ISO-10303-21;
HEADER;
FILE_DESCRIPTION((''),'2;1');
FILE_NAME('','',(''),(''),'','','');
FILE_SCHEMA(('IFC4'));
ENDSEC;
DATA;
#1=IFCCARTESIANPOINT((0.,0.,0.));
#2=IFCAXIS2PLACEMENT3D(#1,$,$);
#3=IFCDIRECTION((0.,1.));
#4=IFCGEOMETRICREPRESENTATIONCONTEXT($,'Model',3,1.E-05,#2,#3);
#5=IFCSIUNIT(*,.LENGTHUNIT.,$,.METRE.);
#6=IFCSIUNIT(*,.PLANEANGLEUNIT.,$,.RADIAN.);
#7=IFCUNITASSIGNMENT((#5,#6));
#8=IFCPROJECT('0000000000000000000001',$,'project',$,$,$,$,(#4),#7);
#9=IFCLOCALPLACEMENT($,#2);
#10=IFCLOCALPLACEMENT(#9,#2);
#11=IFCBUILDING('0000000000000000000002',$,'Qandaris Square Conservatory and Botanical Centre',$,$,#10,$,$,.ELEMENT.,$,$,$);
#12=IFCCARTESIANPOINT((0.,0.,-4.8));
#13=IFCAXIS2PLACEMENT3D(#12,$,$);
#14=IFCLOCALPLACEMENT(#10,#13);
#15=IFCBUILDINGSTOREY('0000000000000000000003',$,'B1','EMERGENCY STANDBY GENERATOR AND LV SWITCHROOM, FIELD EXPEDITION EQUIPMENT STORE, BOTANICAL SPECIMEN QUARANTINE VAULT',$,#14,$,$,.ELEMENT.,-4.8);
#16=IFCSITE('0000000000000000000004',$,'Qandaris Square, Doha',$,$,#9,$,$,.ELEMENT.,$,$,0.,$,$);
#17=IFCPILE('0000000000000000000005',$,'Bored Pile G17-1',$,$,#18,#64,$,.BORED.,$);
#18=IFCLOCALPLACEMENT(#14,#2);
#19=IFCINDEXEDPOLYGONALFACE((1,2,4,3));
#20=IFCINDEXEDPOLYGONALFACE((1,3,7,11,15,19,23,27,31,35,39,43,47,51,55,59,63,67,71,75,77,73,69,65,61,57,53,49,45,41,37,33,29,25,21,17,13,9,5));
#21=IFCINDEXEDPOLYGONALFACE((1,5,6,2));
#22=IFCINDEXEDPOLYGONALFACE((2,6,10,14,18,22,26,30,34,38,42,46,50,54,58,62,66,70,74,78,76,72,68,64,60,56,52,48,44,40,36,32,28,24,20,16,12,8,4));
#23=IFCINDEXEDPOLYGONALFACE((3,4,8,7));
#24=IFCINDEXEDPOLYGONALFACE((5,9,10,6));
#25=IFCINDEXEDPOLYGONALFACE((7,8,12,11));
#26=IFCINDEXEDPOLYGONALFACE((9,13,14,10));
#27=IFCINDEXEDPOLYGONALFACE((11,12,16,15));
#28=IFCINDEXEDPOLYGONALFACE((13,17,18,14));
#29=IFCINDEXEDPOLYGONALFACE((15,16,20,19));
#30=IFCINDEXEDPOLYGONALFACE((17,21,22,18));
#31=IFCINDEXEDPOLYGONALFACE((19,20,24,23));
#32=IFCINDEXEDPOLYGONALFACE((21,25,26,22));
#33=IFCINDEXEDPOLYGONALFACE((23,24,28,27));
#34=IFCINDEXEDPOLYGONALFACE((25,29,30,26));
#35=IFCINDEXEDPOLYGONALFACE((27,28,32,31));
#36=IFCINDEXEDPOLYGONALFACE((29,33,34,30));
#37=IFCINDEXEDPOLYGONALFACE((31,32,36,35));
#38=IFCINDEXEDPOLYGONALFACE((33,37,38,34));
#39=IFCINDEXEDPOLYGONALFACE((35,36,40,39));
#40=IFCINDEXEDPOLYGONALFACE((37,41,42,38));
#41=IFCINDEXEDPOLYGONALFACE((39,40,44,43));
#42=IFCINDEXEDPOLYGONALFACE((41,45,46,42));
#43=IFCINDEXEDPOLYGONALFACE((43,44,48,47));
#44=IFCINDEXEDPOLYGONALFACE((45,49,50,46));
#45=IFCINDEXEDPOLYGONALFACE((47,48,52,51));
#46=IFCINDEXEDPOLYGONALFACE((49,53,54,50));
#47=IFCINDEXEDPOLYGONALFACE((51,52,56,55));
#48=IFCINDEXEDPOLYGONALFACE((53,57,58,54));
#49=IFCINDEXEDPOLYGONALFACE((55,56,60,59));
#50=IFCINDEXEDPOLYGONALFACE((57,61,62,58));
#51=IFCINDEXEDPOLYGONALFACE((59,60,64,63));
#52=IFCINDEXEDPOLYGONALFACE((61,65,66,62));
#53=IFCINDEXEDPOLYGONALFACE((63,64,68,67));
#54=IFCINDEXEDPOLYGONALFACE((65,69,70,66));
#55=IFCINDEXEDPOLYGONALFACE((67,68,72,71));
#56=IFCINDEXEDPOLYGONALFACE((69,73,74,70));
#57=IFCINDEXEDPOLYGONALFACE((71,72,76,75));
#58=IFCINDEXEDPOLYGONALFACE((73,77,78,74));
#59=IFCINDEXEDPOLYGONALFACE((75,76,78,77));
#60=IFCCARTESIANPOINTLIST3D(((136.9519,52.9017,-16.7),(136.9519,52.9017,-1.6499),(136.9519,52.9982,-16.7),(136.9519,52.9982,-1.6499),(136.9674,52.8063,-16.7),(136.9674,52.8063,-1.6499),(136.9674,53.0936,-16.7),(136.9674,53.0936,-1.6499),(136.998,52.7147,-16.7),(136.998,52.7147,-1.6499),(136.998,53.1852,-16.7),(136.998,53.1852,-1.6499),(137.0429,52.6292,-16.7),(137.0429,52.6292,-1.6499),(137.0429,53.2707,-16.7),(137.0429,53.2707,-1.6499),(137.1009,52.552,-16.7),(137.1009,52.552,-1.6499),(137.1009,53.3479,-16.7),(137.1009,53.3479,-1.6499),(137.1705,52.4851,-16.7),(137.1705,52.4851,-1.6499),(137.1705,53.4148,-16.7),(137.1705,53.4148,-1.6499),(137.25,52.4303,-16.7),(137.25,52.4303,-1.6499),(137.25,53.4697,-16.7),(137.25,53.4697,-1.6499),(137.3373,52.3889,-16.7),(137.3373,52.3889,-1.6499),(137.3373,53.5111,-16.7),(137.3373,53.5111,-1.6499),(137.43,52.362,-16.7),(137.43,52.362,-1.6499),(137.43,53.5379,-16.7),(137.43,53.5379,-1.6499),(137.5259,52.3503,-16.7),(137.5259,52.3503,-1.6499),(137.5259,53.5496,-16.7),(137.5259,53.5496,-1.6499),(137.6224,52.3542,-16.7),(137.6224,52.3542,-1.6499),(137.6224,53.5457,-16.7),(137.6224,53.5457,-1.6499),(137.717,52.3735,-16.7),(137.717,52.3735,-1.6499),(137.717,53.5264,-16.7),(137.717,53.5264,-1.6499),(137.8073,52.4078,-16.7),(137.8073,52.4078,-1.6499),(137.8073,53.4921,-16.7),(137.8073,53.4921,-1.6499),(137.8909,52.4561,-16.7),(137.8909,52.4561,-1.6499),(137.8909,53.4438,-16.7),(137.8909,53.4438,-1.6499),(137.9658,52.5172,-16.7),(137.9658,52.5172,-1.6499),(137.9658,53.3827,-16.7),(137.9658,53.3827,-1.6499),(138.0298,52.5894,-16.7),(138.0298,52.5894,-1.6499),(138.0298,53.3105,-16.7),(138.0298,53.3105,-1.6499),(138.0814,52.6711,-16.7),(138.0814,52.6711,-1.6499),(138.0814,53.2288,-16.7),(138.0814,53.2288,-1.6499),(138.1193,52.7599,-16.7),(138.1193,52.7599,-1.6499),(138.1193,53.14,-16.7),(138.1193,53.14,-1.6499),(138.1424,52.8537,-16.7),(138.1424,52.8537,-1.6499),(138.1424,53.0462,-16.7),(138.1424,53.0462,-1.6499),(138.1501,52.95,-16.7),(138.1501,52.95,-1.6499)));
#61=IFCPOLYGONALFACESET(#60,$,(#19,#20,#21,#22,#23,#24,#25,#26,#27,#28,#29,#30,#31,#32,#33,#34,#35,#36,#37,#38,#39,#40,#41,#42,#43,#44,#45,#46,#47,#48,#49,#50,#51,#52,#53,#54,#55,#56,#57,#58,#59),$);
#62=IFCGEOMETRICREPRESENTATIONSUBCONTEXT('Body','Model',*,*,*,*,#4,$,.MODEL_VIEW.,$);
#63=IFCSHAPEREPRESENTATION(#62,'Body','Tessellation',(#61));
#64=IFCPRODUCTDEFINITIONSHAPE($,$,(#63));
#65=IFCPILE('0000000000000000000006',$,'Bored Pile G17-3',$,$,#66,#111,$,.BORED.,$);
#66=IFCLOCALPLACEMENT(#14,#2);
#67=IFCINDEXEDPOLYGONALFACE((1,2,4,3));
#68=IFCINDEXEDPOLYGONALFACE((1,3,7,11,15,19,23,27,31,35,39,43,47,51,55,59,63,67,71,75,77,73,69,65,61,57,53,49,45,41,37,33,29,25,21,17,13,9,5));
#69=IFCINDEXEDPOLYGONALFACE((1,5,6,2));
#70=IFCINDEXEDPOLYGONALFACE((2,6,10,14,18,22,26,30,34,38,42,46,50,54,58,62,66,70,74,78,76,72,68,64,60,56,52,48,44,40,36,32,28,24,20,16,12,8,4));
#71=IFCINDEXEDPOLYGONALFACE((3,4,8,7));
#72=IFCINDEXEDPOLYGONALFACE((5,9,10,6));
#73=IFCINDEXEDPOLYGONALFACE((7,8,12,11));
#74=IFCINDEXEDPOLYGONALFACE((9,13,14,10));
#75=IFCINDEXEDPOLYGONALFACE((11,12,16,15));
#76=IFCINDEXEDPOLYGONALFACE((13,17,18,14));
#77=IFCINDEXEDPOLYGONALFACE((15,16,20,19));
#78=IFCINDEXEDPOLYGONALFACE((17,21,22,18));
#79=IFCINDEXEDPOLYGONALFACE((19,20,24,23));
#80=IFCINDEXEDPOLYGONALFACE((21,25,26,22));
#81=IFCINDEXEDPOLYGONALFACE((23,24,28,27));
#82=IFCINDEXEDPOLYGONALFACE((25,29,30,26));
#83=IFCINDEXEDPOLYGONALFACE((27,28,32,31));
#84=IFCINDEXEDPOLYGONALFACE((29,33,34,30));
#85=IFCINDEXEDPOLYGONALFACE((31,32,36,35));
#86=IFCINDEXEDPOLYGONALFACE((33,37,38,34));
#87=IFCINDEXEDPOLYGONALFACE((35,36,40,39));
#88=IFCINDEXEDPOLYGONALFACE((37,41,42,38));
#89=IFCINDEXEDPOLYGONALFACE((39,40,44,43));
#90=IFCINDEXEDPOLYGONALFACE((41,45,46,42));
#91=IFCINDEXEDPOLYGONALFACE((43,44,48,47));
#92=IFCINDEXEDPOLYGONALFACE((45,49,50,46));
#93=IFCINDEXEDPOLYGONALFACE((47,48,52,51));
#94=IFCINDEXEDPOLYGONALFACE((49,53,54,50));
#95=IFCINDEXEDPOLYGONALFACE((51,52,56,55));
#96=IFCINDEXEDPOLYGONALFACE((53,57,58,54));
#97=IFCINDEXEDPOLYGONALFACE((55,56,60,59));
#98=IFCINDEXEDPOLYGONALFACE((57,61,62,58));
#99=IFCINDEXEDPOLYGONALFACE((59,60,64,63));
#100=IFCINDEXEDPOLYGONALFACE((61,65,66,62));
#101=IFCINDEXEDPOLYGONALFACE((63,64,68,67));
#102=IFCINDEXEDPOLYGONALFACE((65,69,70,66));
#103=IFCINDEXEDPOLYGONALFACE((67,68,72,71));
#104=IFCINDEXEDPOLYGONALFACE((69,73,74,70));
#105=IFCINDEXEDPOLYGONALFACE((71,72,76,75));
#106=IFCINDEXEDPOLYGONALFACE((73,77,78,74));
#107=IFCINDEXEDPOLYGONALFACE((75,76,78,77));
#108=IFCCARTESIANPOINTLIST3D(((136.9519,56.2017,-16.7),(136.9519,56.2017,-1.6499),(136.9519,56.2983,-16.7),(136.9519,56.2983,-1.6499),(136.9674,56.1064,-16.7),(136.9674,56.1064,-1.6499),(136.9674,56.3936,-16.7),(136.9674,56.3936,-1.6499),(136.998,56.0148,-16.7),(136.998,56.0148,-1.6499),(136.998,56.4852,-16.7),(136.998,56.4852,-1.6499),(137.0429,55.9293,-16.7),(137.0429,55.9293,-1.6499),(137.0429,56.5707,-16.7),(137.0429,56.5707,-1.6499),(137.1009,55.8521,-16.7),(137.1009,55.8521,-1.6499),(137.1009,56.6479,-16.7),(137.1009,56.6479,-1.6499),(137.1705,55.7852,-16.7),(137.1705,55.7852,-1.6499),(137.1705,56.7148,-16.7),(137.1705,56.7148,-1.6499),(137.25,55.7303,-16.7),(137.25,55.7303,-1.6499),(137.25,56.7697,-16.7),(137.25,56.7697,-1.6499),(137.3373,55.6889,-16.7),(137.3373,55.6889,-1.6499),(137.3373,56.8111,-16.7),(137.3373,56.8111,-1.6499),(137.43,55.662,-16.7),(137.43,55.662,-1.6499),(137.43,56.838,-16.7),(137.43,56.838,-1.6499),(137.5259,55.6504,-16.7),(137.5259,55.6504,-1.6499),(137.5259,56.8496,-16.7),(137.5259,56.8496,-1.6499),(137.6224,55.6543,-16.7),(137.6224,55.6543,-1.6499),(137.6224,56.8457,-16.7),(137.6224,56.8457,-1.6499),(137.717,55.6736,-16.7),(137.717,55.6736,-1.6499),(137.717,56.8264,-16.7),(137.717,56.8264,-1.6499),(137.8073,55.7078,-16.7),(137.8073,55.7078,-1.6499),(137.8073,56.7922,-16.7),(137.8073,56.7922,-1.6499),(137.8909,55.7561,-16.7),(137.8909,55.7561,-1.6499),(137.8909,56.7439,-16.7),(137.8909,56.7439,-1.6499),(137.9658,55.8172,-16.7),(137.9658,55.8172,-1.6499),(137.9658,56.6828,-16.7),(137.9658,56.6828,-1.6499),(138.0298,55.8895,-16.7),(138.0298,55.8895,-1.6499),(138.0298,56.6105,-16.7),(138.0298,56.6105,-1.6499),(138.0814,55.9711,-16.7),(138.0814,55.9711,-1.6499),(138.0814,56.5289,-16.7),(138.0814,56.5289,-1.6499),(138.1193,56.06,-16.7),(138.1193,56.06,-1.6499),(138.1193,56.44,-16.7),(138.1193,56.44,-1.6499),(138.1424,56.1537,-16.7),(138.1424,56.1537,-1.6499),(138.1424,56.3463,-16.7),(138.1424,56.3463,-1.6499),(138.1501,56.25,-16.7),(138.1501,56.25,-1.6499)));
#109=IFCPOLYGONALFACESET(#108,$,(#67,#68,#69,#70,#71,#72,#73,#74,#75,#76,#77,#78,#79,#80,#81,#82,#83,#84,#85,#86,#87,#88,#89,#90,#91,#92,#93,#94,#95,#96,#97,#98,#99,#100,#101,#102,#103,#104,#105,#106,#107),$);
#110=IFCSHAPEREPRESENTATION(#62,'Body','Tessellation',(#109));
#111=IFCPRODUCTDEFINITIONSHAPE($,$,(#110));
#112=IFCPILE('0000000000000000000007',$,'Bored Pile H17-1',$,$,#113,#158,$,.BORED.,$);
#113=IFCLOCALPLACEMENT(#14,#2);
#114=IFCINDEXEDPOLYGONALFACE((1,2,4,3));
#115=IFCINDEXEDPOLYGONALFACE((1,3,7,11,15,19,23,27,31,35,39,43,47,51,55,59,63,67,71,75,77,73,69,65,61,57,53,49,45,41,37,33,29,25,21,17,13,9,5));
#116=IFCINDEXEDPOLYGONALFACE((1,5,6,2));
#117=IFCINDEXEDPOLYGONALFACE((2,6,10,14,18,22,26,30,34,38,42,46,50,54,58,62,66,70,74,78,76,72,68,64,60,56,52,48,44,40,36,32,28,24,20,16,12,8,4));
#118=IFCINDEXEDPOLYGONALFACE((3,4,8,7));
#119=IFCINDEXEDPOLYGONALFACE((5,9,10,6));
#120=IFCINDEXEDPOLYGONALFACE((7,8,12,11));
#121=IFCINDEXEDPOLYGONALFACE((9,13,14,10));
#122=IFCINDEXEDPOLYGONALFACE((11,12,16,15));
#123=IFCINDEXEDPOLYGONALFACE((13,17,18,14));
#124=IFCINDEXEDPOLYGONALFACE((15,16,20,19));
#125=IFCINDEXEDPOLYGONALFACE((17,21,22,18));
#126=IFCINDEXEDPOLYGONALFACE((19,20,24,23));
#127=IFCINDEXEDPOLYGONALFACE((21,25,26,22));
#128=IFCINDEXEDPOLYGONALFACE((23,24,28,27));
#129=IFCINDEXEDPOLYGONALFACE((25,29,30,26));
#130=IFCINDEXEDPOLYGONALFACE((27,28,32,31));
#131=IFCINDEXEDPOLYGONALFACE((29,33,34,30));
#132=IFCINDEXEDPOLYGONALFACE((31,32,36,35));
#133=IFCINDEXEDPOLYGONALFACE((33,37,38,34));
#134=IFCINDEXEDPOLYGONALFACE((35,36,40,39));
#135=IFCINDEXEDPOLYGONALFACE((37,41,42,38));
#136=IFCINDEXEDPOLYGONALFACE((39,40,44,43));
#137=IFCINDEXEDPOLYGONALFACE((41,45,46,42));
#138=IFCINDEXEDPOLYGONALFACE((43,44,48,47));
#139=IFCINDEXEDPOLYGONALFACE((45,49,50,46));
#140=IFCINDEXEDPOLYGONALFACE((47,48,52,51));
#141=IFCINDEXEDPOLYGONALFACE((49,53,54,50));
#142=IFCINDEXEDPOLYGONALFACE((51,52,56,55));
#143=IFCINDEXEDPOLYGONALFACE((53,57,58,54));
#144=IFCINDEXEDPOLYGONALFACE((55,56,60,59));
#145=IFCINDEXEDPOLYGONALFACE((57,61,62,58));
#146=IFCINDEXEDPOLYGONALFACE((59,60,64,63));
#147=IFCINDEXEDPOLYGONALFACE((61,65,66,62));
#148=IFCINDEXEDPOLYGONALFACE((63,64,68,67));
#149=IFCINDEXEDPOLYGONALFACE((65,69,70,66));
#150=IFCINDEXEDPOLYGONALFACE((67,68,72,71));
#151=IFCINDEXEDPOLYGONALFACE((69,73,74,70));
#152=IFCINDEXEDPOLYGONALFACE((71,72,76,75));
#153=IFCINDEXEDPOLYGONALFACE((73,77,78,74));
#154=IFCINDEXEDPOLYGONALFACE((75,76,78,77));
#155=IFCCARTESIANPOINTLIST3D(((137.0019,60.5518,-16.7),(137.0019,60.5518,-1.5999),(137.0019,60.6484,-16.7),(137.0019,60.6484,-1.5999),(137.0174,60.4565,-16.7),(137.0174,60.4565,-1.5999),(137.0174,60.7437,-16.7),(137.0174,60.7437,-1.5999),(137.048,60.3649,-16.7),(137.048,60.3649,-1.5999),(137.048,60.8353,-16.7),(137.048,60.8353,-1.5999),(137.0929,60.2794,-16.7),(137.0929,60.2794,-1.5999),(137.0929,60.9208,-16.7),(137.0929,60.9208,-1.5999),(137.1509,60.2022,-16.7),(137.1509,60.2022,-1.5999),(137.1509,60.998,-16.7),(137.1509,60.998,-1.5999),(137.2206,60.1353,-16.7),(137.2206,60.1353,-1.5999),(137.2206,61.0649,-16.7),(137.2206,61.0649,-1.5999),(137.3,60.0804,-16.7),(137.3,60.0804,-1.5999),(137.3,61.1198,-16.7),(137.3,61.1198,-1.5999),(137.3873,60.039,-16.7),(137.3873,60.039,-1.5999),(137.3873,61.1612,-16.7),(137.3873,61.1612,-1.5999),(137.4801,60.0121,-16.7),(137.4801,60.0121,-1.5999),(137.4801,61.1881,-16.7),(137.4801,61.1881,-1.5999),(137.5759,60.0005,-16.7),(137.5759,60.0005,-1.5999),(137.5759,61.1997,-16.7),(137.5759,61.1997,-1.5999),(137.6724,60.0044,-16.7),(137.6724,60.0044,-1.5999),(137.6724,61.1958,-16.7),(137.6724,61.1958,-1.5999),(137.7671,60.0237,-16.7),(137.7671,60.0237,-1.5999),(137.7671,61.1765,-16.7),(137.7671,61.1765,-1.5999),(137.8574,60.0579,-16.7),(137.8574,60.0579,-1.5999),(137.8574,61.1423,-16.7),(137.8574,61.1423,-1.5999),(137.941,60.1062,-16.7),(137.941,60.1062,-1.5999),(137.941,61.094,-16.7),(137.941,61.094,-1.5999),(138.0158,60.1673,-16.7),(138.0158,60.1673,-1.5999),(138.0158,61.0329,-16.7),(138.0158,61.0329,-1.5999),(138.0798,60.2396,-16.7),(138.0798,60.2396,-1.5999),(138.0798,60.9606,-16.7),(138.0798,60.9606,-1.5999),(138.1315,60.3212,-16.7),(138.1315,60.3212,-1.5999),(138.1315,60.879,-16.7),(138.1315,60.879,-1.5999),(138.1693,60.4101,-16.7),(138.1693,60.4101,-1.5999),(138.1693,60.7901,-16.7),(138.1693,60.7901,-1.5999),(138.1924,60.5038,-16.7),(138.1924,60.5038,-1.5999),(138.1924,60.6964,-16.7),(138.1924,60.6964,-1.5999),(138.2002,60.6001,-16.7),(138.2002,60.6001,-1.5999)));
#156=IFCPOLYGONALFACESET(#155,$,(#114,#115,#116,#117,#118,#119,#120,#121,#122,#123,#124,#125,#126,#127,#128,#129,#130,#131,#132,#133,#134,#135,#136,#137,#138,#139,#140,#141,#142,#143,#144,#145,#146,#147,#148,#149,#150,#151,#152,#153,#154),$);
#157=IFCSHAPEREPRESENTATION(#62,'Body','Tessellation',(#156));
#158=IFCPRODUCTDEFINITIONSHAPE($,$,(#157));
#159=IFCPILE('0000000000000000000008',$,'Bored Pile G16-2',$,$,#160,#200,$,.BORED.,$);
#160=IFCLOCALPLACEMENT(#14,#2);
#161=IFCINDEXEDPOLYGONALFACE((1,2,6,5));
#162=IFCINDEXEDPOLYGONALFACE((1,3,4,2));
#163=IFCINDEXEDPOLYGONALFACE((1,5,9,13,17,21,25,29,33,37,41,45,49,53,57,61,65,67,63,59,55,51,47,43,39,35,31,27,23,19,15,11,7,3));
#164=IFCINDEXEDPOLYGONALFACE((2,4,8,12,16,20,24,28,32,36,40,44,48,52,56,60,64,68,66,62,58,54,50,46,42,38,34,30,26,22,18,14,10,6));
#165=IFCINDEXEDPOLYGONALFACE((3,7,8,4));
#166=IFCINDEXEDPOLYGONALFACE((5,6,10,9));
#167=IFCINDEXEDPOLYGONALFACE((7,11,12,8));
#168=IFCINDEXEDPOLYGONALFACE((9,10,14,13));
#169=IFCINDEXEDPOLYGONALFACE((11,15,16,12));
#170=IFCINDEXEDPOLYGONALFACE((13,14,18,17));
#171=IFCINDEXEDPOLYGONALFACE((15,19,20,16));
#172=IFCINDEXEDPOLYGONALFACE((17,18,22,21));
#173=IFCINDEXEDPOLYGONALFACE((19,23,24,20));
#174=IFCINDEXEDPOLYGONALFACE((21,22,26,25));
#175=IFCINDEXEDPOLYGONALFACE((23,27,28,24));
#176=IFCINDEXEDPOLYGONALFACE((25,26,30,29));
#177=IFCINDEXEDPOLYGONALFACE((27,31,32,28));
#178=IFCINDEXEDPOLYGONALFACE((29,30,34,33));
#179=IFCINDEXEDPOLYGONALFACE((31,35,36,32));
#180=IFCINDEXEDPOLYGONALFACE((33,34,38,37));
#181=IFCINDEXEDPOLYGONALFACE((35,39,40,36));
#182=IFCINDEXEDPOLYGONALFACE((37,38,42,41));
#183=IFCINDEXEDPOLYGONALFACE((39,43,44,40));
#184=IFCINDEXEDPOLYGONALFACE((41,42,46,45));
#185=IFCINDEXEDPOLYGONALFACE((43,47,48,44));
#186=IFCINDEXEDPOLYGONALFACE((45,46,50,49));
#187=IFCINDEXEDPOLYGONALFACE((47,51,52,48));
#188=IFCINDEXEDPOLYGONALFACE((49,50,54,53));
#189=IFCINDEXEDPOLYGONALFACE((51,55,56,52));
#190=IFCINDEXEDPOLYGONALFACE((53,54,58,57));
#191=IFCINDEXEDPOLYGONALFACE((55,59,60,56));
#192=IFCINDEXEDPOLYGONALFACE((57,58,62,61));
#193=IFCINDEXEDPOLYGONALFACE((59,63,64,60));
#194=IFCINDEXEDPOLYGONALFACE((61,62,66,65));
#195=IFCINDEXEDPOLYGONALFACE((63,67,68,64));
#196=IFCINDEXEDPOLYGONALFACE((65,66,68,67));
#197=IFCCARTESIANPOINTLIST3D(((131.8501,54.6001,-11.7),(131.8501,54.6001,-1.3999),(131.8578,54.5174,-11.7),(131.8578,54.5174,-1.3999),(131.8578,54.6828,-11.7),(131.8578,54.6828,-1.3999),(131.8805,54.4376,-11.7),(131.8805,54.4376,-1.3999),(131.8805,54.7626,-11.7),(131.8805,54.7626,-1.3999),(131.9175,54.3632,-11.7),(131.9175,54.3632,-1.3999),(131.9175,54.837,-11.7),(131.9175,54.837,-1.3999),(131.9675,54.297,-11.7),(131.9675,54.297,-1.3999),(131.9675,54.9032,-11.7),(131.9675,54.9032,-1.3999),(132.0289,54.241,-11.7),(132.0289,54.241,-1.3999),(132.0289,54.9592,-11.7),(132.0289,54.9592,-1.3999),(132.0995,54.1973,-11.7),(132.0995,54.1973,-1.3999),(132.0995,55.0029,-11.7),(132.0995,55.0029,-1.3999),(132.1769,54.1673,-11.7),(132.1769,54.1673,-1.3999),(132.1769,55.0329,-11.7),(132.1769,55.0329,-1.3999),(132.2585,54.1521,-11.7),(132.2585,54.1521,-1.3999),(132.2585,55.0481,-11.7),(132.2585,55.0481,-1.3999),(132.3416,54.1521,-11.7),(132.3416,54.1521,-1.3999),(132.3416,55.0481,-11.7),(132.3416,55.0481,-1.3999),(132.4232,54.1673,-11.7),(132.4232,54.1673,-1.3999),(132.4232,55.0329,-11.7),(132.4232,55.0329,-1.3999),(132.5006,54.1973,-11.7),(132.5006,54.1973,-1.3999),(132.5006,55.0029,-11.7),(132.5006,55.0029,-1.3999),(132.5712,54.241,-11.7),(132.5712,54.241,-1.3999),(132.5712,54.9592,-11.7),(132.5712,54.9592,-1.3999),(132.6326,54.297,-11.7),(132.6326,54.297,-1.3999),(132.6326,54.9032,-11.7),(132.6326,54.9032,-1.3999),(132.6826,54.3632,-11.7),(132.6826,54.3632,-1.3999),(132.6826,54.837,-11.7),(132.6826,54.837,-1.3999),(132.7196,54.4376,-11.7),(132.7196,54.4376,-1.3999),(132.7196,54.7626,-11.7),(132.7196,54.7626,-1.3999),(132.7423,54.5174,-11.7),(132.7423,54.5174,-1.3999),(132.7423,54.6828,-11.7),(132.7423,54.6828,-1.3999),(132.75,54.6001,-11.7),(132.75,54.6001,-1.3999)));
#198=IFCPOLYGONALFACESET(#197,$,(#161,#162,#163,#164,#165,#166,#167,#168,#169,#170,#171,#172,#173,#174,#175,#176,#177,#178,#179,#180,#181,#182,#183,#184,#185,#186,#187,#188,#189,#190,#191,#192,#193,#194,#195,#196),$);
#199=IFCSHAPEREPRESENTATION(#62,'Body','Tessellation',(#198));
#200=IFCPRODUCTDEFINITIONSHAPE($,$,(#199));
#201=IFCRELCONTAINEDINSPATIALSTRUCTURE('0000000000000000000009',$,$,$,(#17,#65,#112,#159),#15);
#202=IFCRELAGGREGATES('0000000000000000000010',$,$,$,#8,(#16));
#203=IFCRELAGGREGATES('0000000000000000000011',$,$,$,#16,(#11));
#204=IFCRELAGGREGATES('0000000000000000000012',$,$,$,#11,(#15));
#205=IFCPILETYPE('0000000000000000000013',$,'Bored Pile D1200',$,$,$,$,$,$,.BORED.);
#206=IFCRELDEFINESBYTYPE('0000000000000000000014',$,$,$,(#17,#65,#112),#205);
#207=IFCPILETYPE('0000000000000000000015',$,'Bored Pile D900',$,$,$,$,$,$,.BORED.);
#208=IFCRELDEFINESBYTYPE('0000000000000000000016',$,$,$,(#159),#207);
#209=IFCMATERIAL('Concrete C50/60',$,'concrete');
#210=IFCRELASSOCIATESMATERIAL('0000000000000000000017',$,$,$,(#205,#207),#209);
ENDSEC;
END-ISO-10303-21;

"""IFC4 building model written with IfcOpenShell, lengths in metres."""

from ifc_helpers import new_model, si_unit, direction, frame, origin, origin_2d, place, context, subcontext, project, spatial, circle, extrude, material, material_profile, profile_set, type_object, element, save


model = new_model("IFC4")

# Units and contexts
model_context = context("Model", 3, precision=1e-05, world=origin(), true_north=direction((0.0, 1.0)))
body_context = subcontext(model_context, "Body", "Model", "MODEL_VIEW")
ifc_project = project(units=[si_unit("LENGTHUNIT", "METRE"), si_unit("PLANEANGLEUNIT", "RADIAN")], contexts=[model_context])

# Site, building, storey
site_placement = place(None, origin())
site = spatial("IfcSite", under=ifc_project, at=site_placement, Name="Qandaris Square, Doha", CompositionType="ELEMENT", RefElevation=0.0)
building_placement = place(site_placement, origin())
building = spatial("IfcBuilding", under=site, at=building_placement, Name="Qandaris Square Conservatory and Botanical Centre", CompositionType="ELEMENT")
storey_placement = place(building_placement, frame((0.0, 0.0, -4.8)))
storey = spatial("IfcBuildingStorey", under=building, at=storey_placement, Name="B1", Description="EMERGENCY STANDBY GENERATOR AND LV SWITCHROOM, FIELD EXPEDITION EQUIPMENT STORE, BOTANICAL SPECIMEN QUARANTINE VAULT", CompositionType="ELEMENT", Elevation=-4.8)

# Piles
ifc_material_1 = material(Name="Concrete C50/60", Category="concrete")
ifc_material_profile_1 = material_profile(ifc_material_1, circle(Radius=0.6001, at=origin_2d()), Name="PILE D1200")
ifc_profile_set_1 = profile_set([ifc_material_profile_1], Name="Concrete C50/60")
pile_type_1 = type_object("IfcPileType", Name="Bored Pile D1200", PredefinedType="BORED", material=ifc_profile_set_1)
for number, where, z_axis, x_axis, name in (
    (1, (137.55, 52.95, -1.6499), (0.0, 0.0, -1.0), (1.0, 0.0, 0.0), "Bored Pile G17-1"),
    (2, (137.55, 56.25, -1.6499), (0.0, 0.0, -1.0), (1.0, 0.0, 0.0), "Bored Pile G17-3"),
):
    element("IfcPile", number, at=place(storey_placement, frame(where, z_axis=z_axis, x_axis=x_axis)), inside=storey, type_object=pile_type_1, Name=name, PredefinedType="BORED", context=body_context, shape_type="SweptSolid", body=[
        extrude(circle(Radius=0.6001, at=origin_2d()), origin(), (0.0, 0.0, 1.0), 15.05),
    ])
pile_1_placement = place(storey_placement, frame((137.6001, 60.6001, -1.5999), z_axis=(0.0, 0.0, -1.0), x_axis=(1.0, 0.0, 0.0)))
element("IfcPile", 3, at=pile_1_placement, inside=storey, type_object=pile_type_1, Name="Bored Pile H17-1", PredefinedType="BORED", context=body_context, shape_type="SweptSolid", body=[
    extrude(circle(Radius=0.6001, at=origin_2d()), origin(), (0.0, 0.0, 1.0), 15.1001),
])
ifc_material_profile_2 = material_profile(ifc_material_1, circle(Radius=0.45, at=origin_2d()), Name="PILE D900")
ifc_profile_set_2 = profile_set([ifc_material_profile_2], Name="Concrete C50/60")
pile_type_2 = type_object("IfcPileType", Name="Bored Pile D900", PredefinedType="BORED", material=ifc_profile_set_2)
pile_2_placement = place(storey_placement, frame((132.3, 54.6001, -1.3999), z_axis=(0.0, 0.0, -1.0), x_axis=(1.0, 0.0, 0.0)))
element("IfcPile", 4, at=pile_2_placement, inside=storey, type_object=pile_type_2, Name="Bored Pile G16-2", PredefinedType="BORED", context=body_context, shape_type="SweptSolid", body=[
    extrude(circle(Radius=0.45, at=origin_2d()), origin(), (0.0, 0.0, 1.0), 10.3),
])

save(model, "model.ifc")
